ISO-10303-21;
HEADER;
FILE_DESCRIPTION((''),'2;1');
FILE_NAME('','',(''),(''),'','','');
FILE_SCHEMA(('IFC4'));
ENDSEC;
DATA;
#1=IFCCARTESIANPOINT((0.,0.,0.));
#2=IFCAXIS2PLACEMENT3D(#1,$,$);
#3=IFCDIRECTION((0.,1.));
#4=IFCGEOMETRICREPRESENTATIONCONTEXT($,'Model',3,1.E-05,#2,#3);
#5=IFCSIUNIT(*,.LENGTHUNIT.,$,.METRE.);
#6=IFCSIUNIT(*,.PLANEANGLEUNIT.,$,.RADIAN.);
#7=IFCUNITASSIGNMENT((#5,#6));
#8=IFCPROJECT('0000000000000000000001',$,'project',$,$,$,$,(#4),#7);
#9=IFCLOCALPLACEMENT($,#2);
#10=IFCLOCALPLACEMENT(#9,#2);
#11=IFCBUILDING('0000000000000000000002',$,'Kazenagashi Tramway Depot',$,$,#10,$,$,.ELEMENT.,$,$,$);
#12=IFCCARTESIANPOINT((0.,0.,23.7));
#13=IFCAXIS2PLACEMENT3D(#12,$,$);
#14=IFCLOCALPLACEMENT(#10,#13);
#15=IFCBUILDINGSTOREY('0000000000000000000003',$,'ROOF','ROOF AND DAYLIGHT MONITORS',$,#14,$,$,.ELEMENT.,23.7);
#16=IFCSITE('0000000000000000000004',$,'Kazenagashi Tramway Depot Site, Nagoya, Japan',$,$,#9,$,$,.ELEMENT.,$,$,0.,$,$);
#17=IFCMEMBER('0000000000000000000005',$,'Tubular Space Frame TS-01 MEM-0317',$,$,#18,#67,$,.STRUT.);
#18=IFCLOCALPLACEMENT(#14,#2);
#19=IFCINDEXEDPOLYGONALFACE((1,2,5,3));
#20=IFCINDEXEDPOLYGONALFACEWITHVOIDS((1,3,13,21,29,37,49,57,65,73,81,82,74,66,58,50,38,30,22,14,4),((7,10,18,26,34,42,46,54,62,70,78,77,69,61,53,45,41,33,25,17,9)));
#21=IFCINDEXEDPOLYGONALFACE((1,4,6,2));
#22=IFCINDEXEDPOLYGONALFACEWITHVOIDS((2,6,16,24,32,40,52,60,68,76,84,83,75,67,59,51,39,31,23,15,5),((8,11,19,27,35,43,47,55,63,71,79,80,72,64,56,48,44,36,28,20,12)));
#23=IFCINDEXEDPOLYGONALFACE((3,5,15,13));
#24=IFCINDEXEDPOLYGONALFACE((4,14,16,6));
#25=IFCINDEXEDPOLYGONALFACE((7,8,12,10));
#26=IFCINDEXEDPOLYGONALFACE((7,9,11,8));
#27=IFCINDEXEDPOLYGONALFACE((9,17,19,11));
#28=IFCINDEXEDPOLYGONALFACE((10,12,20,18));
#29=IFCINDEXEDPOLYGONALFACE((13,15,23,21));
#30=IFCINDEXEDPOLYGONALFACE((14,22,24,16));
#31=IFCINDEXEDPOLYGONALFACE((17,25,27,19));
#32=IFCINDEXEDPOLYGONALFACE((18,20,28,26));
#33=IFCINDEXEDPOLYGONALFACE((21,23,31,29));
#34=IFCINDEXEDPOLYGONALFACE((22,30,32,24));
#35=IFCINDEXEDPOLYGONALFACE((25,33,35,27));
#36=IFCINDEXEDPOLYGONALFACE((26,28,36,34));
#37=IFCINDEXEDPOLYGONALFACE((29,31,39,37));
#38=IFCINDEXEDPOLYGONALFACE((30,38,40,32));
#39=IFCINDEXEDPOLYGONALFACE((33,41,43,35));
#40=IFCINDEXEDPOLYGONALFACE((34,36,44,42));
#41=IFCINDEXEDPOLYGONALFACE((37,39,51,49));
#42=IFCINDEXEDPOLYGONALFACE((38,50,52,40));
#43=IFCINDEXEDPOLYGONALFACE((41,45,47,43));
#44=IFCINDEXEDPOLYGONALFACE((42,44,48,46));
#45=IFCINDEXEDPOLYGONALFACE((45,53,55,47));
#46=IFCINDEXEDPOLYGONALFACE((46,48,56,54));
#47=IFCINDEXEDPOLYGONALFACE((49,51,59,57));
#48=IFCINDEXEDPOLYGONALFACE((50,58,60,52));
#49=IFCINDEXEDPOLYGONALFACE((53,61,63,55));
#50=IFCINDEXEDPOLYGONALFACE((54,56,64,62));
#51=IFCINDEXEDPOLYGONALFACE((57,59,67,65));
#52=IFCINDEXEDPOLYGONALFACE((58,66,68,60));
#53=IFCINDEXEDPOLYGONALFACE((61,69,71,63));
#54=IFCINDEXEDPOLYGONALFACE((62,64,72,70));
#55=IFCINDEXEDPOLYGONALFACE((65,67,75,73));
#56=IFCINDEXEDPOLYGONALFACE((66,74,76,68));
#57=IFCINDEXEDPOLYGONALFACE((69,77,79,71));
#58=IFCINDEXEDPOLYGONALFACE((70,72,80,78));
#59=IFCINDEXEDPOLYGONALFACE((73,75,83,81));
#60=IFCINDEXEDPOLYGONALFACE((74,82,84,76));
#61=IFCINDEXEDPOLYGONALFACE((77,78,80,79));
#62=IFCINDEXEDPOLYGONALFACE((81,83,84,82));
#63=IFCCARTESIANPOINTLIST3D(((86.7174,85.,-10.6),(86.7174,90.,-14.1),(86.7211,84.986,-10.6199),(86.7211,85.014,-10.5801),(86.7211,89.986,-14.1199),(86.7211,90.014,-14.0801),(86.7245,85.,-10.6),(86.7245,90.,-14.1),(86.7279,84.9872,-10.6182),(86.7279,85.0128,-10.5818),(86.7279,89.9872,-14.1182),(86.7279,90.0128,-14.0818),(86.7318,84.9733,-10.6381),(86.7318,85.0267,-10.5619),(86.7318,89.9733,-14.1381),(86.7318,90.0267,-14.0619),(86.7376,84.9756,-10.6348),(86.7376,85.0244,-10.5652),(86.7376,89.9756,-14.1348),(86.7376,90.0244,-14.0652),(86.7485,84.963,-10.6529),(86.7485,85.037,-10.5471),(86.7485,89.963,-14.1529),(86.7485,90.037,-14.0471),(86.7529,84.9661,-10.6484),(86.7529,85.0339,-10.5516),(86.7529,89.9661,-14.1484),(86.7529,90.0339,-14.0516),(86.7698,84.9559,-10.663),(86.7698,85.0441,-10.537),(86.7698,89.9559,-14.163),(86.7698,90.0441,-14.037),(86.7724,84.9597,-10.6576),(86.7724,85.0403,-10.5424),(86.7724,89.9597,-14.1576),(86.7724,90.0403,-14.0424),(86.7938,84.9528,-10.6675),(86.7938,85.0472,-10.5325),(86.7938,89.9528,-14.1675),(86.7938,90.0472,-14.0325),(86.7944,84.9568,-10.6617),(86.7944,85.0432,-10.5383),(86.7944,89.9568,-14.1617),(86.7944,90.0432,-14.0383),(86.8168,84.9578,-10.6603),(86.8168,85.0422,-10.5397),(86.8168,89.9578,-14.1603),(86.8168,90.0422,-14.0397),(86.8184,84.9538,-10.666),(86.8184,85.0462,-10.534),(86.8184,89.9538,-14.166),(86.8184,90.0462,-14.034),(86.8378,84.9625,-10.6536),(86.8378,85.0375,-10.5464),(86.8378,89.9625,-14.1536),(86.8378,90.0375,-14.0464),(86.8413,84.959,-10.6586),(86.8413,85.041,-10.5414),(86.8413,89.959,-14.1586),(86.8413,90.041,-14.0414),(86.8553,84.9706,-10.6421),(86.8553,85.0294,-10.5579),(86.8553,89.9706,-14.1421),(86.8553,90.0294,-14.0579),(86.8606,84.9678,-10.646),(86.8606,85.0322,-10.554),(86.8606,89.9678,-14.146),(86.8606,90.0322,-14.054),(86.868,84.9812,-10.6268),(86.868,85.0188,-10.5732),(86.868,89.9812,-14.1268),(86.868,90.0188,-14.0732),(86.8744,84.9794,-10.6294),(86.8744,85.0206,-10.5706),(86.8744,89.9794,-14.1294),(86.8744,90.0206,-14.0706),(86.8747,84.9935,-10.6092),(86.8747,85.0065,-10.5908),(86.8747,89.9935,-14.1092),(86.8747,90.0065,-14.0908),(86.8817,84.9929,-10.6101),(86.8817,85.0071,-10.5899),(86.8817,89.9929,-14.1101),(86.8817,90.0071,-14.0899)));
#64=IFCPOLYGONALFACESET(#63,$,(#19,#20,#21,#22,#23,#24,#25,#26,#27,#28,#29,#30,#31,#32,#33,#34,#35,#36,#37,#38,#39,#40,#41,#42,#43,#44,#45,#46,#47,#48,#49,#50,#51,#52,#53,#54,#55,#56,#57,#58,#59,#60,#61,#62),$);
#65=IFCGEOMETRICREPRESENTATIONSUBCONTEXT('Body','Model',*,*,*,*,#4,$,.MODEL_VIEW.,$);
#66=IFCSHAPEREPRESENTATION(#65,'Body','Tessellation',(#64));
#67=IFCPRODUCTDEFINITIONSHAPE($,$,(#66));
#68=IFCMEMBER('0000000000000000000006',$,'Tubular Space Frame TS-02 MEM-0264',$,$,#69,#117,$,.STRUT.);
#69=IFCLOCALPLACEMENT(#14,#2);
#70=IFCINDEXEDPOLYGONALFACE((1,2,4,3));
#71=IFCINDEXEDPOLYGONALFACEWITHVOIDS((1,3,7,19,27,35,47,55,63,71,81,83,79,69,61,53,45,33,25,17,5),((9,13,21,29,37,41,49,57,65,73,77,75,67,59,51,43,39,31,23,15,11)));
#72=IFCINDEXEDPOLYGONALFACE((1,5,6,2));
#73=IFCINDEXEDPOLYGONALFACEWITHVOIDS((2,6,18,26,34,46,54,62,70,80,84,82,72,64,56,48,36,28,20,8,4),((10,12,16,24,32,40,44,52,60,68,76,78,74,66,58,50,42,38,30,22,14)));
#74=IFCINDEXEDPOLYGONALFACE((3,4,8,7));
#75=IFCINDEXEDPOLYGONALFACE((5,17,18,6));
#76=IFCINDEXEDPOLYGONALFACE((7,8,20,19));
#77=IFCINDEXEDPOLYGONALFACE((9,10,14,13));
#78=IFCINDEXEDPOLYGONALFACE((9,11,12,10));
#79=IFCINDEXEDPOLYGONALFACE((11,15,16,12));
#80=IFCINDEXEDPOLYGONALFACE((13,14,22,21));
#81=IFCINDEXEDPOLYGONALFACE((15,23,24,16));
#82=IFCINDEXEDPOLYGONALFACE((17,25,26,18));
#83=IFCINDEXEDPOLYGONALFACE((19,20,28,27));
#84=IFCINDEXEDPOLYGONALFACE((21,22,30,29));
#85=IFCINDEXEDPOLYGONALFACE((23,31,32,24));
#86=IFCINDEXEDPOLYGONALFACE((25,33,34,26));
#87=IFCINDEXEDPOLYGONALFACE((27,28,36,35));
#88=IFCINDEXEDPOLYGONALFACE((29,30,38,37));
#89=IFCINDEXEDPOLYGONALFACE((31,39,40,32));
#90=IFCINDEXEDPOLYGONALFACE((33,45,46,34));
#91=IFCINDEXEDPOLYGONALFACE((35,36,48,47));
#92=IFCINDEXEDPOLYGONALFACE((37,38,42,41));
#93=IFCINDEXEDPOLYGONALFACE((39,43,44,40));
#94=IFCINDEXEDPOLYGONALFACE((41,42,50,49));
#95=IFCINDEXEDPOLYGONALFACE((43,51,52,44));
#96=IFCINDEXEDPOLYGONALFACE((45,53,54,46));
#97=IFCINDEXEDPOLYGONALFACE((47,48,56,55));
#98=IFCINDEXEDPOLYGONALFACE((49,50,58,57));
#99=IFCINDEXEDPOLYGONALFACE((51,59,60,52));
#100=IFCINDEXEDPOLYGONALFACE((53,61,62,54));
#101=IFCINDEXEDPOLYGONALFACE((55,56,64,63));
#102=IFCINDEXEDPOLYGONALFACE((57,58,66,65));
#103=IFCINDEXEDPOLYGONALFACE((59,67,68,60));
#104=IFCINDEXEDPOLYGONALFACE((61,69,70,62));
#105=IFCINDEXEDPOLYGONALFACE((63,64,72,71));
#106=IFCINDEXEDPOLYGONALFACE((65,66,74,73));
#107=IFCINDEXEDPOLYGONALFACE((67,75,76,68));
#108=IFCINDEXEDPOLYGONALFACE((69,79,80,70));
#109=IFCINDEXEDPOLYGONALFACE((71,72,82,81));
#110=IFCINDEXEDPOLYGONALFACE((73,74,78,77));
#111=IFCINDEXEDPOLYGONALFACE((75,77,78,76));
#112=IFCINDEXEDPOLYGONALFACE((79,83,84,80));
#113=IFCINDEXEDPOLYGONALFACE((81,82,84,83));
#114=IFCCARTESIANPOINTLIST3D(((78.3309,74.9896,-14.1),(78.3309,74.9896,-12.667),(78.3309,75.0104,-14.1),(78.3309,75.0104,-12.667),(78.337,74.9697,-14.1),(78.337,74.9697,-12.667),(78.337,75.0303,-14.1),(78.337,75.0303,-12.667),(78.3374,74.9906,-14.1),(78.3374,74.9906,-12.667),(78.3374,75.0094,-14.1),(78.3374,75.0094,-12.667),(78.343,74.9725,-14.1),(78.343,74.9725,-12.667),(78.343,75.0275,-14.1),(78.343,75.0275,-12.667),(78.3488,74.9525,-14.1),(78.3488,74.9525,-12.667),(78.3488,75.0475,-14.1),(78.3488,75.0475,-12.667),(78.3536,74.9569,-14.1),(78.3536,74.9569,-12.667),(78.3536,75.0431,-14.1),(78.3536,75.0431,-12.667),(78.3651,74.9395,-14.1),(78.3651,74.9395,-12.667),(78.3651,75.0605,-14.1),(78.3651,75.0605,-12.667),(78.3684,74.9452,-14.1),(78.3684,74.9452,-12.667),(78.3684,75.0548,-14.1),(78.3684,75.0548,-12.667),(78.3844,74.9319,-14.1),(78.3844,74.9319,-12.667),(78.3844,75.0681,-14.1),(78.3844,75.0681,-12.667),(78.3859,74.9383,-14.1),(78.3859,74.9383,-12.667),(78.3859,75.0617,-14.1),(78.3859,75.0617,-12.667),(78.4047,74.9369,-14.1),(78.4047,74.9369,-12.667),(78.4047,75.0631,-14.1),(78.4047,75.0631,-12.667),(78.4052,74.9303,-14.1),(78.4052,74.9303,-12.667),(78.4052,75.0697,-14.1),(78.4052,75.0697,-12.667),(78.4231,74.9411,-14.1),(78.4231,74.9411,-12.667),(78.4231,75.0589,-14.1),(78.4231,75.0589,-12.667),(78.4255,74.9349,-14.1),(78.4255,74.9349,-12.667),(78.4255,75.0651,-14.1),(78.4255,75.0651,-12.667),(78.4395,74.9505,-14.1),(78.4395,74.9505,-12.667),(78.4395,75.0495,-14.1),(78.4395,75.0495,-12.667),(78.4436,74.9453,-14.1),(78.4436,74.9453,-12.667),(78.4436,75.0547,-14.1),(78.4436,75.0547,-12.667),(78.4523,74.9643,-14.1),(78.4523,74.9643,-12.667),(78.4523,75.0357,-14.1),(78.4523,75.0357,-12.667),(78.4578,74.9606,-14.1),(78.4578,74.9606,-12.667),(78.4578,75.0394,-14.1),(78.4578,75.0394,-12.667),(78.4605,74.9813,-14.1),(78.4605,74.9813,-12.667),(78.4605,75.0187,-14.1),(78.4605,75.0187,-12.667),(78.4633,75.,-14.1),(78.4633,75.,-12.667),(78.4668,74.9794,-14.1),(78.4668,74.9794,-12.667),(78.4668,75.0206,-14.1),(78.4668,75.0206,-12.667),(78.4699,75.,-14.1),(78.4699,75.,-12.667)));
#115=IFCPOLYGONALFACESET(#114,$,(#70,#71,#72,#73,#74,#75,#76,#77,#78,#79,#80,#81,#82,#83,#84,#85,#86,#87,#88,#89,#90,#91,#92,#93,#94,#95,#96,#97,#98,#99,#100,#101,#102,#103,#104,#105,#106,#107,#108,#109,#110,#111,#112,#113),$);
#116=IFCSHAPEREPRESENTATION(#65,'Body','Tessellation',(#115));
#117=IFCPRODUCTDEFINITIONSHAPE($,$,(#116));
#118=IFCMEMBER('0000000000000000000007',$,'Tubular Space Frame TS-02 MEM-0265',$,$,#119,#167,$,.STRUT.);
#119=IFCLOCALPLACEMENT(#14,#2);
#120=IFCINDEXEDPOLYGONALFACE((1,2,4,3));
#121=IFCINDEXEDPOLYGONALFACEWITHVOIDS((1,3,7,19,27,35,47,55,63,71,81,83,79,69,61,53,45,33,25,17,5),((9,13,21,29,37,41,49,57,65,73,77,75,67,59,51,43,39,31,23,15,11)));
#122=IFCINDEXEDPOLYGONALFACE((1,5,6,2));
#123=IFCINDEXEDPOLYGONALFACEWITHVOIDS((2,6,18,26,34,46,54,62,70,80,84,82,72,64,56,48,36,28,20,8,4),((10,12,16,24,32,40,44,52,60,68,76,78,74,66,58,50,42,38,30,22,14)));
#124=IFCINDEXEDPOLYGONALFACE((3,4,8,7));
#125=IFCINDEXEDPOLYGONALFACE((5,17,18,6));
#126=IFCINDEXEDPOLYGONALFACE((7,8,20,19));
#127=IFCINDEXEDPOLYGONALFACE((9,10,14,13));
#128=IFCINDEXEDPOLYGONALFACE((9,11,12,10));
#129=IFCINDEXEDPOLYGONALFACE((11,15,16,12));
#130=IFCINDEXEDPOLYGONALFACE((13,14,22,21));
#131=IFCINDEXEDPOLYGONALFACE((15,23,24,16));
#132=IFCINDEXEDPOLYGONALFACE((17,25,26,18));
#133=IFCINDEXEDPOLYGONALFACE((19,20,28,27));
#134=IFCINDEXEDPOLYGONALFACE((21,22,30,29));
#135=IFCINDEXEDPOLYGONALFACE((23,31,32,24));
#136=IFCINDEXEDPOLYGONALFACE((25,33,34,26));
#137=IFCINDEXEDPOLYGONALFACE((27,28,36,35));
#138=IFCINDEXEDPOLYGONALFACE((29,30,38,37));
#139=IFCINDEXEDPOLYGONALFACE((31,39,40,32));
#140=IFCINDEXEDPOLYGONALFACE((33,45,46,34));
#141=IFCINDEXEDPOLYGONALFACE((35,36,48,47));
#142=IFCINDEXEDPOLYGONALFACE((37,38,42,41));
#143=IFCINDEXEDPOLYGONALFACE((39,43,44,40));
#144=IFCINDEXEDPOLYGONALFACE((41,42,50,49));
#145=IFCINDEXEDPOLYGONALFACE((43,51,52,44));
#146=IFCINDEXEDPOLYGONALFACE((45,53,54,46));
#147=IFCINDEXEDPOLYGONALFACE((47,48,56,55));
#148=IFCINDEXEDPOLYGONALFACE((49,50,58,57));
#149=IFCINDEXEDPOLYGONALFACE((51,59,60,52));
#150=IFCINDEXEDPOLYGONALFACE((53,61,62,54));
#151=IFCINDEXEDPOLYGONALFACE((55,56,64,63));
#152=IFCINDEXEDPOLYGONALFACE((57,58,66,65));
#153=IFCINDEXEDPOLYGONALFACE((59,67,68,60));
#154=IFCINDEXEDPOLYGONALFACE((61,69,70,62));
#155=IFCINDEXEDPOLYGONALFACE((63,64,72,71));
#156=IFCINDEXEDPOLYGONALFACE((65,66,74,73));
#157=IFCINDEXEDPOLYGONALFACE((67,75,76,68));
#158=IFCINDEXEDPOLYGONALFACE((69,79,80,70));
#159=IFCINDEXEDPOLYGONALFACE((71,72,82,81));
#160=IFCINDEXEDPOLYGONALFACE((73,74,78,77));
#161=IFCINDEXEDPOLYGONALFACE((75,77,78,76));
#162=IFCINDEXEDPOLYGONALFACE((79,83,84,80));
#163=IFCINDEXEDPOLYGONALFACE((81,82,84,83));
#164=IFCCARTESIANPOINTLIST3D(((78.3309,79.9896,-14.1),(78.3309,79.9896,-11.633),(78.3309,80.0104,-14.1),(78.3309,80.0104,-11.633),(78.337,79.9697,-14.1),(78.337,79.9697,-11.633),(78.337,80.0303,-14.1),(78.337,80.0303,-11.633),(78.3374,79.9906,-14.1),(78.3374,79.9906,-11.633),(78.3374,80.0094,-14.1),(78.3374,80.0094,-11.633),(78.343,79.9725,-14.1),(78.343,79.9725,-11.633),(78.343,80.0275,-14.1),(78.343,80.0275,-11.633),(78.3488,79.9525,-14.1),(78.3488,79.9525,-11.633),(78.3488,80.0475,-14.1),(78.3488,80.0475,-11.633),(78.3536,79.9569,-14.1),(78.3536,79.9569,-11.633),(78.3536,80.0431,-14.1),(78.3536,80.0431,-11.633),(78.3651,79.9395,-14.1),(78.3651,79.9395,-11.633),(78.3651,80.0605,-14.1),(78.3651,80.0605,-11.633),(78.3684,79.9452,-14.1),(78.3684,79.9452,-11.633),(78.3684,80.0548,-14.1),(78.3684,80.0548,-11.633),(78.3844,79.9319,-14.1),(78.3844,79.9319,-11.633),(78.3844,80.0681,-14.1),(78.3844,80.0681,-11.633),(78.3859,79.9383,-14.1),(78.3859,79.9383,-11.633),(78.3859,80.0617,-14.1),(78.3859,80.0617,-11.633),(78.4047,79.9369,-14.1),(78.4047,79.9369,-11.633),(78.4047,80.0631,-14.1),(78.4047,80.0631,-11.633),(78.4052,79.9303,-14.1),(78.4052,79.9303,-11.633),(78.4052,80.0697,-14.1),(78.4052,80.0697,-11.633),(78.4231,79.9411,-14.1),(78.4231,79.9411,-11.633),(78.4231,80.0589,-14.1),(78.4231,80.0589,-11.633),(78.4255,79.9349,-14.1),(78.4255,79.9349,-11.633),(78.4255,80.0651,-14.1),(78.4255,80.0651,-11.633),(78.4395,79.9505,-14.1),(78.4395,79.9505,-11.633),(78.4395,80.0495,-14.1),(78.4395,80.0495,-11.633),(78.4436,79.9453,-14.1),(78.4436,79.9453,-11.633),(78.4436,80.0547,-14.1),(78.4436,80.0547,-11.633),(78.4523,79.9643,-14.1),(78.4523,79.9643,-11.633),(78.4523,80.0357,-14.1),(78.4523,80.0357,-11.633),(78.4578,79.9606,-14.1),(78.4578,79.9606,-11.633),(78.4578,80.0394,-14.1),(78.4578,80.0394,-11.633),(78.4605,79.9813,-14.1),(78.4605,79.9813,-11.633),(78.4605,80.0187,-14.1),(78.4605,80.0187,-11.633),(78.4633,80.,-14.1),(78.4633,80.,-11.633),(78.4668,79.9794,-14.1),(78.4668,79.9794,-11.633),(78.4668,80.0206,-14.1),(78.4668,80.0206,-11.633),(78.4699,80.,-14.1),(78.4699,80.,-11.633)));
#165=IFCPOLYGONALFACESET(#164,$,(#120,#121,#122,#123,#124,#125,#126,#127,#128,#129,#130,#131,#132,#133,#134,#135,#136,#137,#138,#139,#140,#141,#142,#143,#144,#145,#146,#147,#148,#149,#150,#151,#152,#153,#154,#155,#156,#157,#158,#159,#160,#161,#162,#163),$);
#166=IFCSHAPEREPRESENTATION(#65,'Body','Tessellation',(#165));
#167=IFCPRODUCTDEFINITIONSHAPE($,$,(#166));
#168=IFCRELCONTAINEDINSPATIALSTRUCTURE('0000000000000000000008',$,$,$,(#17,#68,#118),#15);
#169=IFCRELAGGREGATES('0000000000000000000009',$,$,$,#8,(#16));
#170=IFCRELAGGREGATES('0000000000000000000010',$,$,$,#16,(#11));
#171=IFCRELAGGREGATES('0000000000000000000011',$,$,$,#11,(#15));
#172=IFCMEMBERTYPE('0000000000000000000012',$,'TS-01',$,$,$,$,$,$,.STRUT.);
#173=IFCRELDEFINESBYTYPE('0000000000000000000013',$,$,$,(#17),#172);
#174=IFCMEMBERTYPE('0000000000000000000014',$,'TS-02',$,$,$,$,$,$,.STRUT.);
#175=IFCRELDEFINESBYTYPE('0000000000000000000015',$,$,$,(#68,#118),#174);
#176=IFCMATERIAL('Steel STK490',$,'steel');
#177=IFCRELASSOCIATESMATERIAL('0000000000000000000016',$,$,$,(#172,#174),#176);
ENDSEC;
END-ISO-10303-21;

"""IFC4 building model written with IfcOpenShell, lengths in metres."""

from ifc_helpers import new_model, si_unit, direction, frame, origin, origin_2d, place, context, subcontext, project, spatial, hollow_circle, extrude, material, material_profile, profile_set, type_object, element, save


model = new_model("IFC4")

# Units and contexts
model_context = context("Model", 3, precision=1e-05, world=origin(), true_north=direction((0.0, 1.0)))
body_context = subcontext(model_context, "Body", "Model", "MODEL_VIEW")
ifc_project = project(units=[si_unit("LENGTHUNIT", "METRE"), si_unit("PLANEANGLEUNIT", "RADIAN")], contexts=[model_context])

# Site, building, storey
site_placement = place(None, origin())
site = spatial("IfcSite", under=ifc_project, at=site_placement, Name="Kazenagashi Tramway Depot Site, Nagoya, Japan", CompositionType="ELEMENT", RefElevation=0.0)
building_placement = place(site_placement, origin())
building = spatial("IfcBuilding", under=site, at=building_placement, Name="Kazenagashi Tramway Depot", CompositionType="ELEMENT")
storey_placement = place(building_placement, frame((0.0, 0.0, 23.7)))
storey = spatial("IfcBuildingStorey", under=building, at=storey_placement, Name="ROOF", Description="ROOF AND DAYLIGHT MONITORS", CompositionType="ELEMENT", Elevation=23.7)

# Members
ifc_material_1 = material(Name="Steel STK490", Category="steel")
ifc_material_profile_1 = material_profile(ifc_material_1, hollow_circle(Radius=0.0826, WallThickness=0.0071, at=origin_2d()), Name="CHS-165.2x7.1")
ifc_profile_set_1 = profile_set([ifc_material_profile_1], Name="Steel STK490")
member_type_1 = type_object("IfcMemberType", Name="TS-01", PredefinedType="STRUT", material=ifc_profile_set_1)
for number, where, z_axis, x_axis, name in (
    (1, (86.8, 85.0, -10.6), (0.0, 0.819232, -0.573462), (-1.0, 0.0, 0.0), "Tubular Space Frame TS-01 MEM-0317"),
):
    element("IfcMember", number, at=place(storey_placement, frame(where, z_axis=z_axis, x_axis=x_axis)), inside=storey, type_object=member_type_1, Name=name, PredefinedType="STRUT", context=body_context, shape_type="SweptSolid", body=[
        extrude(hollow_circle(Radius=0.0826, WallThickness=0.0071, at=origin_2d()), origin(), (0.0, 0.0, 1.0), 6.1033),
    ])
ifc_material_profile_2 = material_profile(ifc_material_1, hollow_circle(Radius=0.0699, WallThickness=0.0066, at=origin_2d()), Name="CHS-139.8x6.6")
ifc_profile_set_2 = profile_set([ifc_material_profile_2], Name="Steel STK490")
member_type_2 = type_object("IfcMemberType", Name="TS-02", PredefinedType="STRUT", material=ifc_profile_set_2)
member_1_placement = place(storey_placement, frame((78.4, 75.0, -14.1), z_axis=(0.0, 0.0, 1.0), x_axis=(1.0, 0.0, 0.0)))
element("IfcMember", 2, at=member_1_placement, inside=storey, type_object=member_type_2, Name="Tubular Space Frame TS-02 MEM-0264", PredefinedType="STRUT", context=body_context, shape_type="SweptSolid", body=[
    extrude(hollow_circle(Radius=0.0699, WallThickness=0.0066, at=origin_2d()), origin(), (0.0, 0.0, 1.0), 1.433),
])
member_2_placement = place(storey_placement, frame((78.4, 80.0, -14.1), z_axis=(0.0, 0.0, 1.0), x_axis=(1.0, 0.0, 0.0)))
element("IfcMember", 3, at=member_2_placement, inside=storey, type_object=member_type_2, Name="Tubular Space Frame TS-02 MEM-0265", PredefinedType="STRUT", context=body_context, shape_type="SweptSolid", body=[
    extrude(hollow_circle(Radius=0.0699, WallThickness=0.0066, at=origin_2d()), origin(), (0.0, 0.0, 1.0), 2.467),
])

save(model, "model.ifc")
